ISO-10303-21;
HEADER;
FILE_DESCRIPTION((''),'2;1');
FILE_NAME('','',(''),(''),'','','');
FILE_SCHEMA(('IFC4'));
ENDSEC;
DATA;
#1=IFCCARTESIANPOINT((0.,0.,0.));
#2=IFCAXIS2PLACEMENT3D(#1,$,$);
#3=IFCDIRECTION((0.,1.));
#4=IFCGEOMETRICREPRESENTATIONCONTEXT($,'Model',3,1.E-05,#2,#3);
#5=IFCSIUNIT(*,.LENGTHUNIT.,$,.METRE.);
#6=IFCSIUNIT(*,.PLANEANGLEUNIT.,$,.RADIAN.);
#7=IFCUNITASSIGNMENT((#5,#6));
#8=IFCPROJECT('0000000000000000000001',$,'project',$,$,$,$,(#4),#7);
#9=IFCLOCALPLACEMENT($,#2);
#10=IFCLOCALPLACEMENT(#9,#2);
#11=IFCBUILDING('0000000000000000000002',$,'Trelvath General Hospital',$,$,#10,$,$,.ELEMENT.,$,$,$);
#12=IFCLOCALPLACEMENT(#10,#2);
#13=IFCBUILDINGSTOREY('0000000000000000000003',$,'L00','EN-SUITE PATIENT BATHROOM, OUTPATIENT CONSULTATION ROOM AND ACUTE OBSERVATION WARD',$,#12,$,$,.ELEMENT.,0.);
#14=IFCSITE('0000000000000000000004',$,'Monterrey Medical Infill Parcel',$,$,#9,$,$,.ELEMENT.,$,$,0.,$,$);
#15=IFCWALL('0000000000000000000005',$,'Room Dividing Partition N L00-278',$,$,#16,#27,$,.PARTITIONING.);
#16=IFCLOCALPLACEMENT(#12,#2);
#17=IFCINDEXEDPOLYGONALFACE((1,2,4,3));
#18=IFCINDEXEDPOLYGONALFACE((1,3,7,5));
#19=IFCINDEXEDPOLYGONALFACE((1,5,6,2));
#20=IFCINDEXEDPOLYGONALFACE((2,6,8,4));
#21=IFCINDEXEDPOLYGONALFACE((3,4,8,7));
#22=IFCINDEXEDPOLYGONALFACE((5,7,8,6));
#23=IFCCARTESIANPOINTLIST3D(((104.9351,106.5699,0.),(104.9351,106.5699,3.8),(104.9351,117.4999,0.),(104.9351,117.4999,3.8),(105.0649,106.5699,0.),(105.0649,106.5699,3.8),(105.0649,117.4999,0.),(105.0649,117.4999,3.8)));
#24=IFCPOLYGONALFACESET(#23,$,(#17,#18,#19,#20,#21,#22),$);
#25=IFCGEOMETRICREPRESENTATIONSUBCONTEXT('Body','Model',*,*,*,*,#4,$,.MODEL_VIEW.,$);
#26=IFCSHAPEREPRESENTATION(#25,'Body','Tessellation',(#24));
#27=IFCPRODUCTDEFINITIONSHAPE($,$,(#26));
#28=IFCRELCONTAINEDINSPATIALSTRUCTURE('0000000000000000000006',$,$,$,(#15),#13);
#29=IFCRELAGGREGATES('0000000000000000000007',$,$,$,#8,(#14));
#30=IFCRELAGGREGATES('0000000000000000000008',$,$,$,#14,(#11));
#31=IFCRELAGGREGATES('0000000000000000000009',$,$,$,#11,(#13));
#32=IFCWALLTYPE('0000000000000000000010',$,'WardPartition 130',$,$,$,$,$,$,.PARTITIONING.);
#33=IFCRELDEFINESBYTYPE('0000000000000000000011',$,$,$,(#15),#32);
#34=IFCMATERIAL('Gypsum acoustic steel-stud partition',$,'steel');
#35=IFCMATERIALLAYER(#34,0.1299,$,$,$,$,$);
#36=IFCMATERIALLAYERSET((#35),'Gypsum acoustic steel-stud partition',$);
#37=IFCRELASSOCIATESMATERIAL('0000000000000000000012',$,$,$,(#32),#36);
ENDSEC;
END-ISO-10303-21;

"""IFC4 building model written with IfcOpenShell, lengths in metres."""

from ifc_helpers import new_model, si_unit, direction, frame, frame_2d, origin, place, context, subcontext, project, spatial, rectangle, extrude, material, layer, layer_set, type_object, element, save


model = new_model("IFC4")

# Units and contexts
model_context = context("Model", 3, precision=1e-05, world=origin(), true_north=direction((0.0, 1.0)))
body_context = subcontext(model_context, "Body", "Model", "MODEL_VIEW")
ifc_project = project(units=[si_unit("LENGTHUNIT", "METRE"), si_unit("PLANEANGLEUNIT", "RADIAN")], contexts=[model_context])

# Site, building, storey
site_placement = place(None, origin())
site = spatial("IfcSite", under=ifc_project, at=site_placement, Name="Monterrey Medical Infill Parcel", CompositionType="ELEMENT", RefElevation=0.0)
building_placement = place(site_placement, origin())
building = spatial("IfcBuilding", under=site, at=building_placement, Name="Trelvath General Hospital", CompositionType="ELEMENT")
storey_placement = place(building_placement, origin())
storey = spatial("IfcBuildingStorey", under=building, at=storey_placement, Name="L00", Description="EN-SUITE PATIENT BATHROOM, OUTPATIENT CONSULTATION ROOM AND ACUTE OBSERVATION WARD", CompositionType="ELEMENT", Elevation=0.0)

# Wall
ifc_material_1 = material(Name="Gypsum acoustic steel-stud partition", Category="steel")
ifc_layer_1 = layer(ifc_material_1, 0.1299)
ifc_layer_set_1 = layer_set([ifc_layer_1], Name="Gypsum acoustic steel-stud partition")
wall_type_1 = type_object("IfcWallType", Name="WardPartition 130", PredefinedType="PARTITIONING", material=ifc_layer_set_1)
wall_1_placement = place(storey_placement, frame((105.0, 106.5701, 0.0), z_axis=(0.0, 0.0, 1.0), x_axis=(0.0, 1.0, 0.0)))
element("IfcWall", 1, at=wall_1_placement, inside=storey, type_object=wall_type_1, Name="Room Dividing Partition N L00-278", PredefinedType="PARTITIONING", context=body_context, shape_type="SweptSolid", body=[
    extrude(rectangle(XDim=10.9299, YDim=0.1299, at=frame_2d((5.4648, 0.0))), origin(), (0.0, 0.0, 1.0), 3.8),
])

save(model, "model.ifc")
